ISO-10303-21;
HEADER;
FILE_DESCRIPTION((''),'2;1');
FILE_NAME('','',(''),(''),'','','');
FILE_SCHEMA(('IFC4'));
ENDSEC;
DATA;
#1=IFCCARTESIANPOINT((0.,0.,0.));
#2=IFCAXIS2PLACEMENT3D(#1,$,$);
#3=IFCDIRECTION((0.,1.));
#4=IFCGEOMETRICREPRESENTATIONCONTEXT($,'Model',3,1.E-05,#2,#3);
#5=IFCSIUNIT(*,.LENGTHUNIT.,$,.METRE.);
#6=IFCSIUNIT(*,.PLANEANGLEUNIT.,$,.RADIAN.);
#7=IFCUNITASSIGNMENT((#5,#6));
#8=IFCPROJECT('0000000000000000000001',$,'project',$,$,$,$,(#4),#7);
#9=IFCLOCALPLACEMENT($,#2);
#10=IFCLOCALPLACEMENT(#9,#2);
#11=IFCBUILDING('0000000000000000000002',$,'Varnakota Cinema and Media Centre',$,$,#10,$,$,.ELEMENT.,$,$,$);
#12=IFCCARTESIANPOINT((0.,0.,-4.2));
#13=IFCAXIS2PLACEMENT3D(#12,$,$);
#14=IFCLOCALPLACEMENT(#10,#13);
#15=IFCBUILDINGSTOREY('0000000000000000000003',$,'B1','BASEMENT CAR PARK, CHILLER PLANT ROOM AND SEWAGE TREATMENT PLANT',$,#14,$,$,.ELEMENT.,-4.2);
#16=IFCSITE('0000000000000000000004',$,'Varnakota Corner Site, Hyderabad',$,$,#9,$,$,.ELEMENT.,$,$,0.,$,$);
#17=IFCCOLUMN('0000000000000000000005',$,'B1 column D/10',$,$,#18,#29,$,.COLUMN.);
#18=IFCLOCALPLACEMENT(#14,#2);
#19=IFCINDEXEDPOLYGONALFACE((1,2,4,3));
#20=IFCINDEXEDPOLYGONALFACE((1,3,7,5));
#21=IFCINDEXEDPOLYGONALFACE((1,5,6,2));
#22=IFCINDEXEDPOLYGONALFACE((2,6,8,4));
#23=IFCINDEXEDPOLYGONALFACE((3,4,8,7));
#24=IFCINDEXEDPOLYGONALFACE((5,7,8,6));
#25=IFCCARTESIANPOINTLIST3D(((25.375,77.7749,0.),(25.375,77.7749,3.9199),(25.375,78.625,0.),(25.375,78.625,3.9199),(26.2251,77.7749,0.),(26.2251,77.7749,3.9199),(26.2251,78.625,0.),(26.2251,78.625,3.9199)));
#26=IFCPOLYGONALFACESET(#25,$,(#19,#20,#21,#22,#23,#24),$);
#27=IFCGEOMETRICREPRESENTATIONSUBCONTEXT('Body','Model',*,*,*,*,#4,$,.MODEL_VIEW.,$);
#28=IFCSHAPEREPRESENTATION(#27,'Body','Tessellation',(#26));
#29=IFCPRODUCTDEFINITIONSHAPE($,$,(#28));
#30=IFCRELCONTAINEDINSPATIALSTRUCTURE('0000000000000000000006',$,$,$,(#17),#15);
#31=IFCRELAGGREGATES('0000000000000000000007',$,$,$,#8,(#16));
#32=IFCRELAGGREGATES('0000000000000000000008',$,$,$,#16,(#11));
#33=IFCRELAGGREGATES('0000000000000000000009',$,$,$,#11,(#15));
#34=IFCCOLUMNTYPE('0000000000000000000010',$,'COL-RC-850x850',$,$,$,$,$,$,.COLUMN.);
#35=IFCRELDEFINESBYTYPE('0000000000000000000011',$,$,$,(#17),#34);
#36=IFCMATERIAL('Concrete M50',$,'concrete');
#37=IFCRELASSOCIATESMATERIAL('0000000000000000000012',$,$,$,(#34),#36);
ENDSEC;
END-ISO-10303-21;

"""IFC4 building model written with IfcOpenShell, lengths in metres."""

from ifc_helpers import new_model, si_unit, direction, frame, origin, origin_2d, place, context, subcontext, project, spatial, rectangle, extrude, material, material_profile, profile_set, type_object, element, save


model = new_model("IFC4")

# Units and contexts
model_context = context("Model", 3, precision=1e-05, world=origin(), true_north=direction((0.0, 1.0)))
body_context = subcontext(model_context, "Body", "Model", "MODEL_VIEW")
ifc_project = project(units=[si_unit("LENGTHUNIT", "METRE"), si_unit("PLANEANGLEUNIT", "RADIAN")], contexts=[model_context])

# Site, building, storey
site_placement = place(None, origin())
site = spatial("IfcSite", under=ifc_project, at=site_placement, Name="Varnakota Corner Site, Hyderabad", CompositionType="ELEMENT", RefElevation=0.0)
building_placement = place(site_placement, origin())
building = spatial("IfcBuilding", under=site, at=building_placement, Name="Varnakota Cinema and Media Centre", CompositionType="ELEMENT")
storey_placement = place(building_placement, frame((0.0, 0.0, -4.2)))
storey = spatial("IfcBuildingStorey", under=building, at=storey_placement, Name="B1", Description="BASEMENT CAR PARK, CHILLER PLANT ROOM AND SEWAGE TREATMENT PLANT", CompositionType="ELEMENT", Elevation=-4.2)

# Column
ifc_material_1 = material(Name="Concrete M50", Category="concrete")
ifc_material_profile_1 = material_profile(ifc_material_1, rectangle(XDim=0.8501, YDim=0.8501, at=origin_2d()), Name="RC 850x850")
ifc_profile_set_1 = profile_set([ifc_material_profile_1], Name="Concrete M50")
column_type_1 = type_object("IfcColumnType", Name="COL-RC-850x850", PredefinedType="COLUMN", material=ifc_profile_set_1)
for number, where, z_axis, x_axis, name in (
    (1, (25.8, 78.2, 0.0), (0.0, 0.0, 1.0), (1.0, 0.0, 0.0), "B1 column D/10"),
):
    element("IfcColumn", number, at=place(storey_placement, frame(where, z_axis=z_axis, x_axis=x_axis)), inside=storey, type_object=column_type_1, Name=name, PredefinedType="COLUMN", context=body_context, shape_type="SweptSolid", body=[
        extrude(rectangle(XDim=0.8501, YDim=0.8501, at=origin_2d()), origin(), (0.0, 0.0, 1.0), 3.9199),
    ])

save(model, "model.ifc")
